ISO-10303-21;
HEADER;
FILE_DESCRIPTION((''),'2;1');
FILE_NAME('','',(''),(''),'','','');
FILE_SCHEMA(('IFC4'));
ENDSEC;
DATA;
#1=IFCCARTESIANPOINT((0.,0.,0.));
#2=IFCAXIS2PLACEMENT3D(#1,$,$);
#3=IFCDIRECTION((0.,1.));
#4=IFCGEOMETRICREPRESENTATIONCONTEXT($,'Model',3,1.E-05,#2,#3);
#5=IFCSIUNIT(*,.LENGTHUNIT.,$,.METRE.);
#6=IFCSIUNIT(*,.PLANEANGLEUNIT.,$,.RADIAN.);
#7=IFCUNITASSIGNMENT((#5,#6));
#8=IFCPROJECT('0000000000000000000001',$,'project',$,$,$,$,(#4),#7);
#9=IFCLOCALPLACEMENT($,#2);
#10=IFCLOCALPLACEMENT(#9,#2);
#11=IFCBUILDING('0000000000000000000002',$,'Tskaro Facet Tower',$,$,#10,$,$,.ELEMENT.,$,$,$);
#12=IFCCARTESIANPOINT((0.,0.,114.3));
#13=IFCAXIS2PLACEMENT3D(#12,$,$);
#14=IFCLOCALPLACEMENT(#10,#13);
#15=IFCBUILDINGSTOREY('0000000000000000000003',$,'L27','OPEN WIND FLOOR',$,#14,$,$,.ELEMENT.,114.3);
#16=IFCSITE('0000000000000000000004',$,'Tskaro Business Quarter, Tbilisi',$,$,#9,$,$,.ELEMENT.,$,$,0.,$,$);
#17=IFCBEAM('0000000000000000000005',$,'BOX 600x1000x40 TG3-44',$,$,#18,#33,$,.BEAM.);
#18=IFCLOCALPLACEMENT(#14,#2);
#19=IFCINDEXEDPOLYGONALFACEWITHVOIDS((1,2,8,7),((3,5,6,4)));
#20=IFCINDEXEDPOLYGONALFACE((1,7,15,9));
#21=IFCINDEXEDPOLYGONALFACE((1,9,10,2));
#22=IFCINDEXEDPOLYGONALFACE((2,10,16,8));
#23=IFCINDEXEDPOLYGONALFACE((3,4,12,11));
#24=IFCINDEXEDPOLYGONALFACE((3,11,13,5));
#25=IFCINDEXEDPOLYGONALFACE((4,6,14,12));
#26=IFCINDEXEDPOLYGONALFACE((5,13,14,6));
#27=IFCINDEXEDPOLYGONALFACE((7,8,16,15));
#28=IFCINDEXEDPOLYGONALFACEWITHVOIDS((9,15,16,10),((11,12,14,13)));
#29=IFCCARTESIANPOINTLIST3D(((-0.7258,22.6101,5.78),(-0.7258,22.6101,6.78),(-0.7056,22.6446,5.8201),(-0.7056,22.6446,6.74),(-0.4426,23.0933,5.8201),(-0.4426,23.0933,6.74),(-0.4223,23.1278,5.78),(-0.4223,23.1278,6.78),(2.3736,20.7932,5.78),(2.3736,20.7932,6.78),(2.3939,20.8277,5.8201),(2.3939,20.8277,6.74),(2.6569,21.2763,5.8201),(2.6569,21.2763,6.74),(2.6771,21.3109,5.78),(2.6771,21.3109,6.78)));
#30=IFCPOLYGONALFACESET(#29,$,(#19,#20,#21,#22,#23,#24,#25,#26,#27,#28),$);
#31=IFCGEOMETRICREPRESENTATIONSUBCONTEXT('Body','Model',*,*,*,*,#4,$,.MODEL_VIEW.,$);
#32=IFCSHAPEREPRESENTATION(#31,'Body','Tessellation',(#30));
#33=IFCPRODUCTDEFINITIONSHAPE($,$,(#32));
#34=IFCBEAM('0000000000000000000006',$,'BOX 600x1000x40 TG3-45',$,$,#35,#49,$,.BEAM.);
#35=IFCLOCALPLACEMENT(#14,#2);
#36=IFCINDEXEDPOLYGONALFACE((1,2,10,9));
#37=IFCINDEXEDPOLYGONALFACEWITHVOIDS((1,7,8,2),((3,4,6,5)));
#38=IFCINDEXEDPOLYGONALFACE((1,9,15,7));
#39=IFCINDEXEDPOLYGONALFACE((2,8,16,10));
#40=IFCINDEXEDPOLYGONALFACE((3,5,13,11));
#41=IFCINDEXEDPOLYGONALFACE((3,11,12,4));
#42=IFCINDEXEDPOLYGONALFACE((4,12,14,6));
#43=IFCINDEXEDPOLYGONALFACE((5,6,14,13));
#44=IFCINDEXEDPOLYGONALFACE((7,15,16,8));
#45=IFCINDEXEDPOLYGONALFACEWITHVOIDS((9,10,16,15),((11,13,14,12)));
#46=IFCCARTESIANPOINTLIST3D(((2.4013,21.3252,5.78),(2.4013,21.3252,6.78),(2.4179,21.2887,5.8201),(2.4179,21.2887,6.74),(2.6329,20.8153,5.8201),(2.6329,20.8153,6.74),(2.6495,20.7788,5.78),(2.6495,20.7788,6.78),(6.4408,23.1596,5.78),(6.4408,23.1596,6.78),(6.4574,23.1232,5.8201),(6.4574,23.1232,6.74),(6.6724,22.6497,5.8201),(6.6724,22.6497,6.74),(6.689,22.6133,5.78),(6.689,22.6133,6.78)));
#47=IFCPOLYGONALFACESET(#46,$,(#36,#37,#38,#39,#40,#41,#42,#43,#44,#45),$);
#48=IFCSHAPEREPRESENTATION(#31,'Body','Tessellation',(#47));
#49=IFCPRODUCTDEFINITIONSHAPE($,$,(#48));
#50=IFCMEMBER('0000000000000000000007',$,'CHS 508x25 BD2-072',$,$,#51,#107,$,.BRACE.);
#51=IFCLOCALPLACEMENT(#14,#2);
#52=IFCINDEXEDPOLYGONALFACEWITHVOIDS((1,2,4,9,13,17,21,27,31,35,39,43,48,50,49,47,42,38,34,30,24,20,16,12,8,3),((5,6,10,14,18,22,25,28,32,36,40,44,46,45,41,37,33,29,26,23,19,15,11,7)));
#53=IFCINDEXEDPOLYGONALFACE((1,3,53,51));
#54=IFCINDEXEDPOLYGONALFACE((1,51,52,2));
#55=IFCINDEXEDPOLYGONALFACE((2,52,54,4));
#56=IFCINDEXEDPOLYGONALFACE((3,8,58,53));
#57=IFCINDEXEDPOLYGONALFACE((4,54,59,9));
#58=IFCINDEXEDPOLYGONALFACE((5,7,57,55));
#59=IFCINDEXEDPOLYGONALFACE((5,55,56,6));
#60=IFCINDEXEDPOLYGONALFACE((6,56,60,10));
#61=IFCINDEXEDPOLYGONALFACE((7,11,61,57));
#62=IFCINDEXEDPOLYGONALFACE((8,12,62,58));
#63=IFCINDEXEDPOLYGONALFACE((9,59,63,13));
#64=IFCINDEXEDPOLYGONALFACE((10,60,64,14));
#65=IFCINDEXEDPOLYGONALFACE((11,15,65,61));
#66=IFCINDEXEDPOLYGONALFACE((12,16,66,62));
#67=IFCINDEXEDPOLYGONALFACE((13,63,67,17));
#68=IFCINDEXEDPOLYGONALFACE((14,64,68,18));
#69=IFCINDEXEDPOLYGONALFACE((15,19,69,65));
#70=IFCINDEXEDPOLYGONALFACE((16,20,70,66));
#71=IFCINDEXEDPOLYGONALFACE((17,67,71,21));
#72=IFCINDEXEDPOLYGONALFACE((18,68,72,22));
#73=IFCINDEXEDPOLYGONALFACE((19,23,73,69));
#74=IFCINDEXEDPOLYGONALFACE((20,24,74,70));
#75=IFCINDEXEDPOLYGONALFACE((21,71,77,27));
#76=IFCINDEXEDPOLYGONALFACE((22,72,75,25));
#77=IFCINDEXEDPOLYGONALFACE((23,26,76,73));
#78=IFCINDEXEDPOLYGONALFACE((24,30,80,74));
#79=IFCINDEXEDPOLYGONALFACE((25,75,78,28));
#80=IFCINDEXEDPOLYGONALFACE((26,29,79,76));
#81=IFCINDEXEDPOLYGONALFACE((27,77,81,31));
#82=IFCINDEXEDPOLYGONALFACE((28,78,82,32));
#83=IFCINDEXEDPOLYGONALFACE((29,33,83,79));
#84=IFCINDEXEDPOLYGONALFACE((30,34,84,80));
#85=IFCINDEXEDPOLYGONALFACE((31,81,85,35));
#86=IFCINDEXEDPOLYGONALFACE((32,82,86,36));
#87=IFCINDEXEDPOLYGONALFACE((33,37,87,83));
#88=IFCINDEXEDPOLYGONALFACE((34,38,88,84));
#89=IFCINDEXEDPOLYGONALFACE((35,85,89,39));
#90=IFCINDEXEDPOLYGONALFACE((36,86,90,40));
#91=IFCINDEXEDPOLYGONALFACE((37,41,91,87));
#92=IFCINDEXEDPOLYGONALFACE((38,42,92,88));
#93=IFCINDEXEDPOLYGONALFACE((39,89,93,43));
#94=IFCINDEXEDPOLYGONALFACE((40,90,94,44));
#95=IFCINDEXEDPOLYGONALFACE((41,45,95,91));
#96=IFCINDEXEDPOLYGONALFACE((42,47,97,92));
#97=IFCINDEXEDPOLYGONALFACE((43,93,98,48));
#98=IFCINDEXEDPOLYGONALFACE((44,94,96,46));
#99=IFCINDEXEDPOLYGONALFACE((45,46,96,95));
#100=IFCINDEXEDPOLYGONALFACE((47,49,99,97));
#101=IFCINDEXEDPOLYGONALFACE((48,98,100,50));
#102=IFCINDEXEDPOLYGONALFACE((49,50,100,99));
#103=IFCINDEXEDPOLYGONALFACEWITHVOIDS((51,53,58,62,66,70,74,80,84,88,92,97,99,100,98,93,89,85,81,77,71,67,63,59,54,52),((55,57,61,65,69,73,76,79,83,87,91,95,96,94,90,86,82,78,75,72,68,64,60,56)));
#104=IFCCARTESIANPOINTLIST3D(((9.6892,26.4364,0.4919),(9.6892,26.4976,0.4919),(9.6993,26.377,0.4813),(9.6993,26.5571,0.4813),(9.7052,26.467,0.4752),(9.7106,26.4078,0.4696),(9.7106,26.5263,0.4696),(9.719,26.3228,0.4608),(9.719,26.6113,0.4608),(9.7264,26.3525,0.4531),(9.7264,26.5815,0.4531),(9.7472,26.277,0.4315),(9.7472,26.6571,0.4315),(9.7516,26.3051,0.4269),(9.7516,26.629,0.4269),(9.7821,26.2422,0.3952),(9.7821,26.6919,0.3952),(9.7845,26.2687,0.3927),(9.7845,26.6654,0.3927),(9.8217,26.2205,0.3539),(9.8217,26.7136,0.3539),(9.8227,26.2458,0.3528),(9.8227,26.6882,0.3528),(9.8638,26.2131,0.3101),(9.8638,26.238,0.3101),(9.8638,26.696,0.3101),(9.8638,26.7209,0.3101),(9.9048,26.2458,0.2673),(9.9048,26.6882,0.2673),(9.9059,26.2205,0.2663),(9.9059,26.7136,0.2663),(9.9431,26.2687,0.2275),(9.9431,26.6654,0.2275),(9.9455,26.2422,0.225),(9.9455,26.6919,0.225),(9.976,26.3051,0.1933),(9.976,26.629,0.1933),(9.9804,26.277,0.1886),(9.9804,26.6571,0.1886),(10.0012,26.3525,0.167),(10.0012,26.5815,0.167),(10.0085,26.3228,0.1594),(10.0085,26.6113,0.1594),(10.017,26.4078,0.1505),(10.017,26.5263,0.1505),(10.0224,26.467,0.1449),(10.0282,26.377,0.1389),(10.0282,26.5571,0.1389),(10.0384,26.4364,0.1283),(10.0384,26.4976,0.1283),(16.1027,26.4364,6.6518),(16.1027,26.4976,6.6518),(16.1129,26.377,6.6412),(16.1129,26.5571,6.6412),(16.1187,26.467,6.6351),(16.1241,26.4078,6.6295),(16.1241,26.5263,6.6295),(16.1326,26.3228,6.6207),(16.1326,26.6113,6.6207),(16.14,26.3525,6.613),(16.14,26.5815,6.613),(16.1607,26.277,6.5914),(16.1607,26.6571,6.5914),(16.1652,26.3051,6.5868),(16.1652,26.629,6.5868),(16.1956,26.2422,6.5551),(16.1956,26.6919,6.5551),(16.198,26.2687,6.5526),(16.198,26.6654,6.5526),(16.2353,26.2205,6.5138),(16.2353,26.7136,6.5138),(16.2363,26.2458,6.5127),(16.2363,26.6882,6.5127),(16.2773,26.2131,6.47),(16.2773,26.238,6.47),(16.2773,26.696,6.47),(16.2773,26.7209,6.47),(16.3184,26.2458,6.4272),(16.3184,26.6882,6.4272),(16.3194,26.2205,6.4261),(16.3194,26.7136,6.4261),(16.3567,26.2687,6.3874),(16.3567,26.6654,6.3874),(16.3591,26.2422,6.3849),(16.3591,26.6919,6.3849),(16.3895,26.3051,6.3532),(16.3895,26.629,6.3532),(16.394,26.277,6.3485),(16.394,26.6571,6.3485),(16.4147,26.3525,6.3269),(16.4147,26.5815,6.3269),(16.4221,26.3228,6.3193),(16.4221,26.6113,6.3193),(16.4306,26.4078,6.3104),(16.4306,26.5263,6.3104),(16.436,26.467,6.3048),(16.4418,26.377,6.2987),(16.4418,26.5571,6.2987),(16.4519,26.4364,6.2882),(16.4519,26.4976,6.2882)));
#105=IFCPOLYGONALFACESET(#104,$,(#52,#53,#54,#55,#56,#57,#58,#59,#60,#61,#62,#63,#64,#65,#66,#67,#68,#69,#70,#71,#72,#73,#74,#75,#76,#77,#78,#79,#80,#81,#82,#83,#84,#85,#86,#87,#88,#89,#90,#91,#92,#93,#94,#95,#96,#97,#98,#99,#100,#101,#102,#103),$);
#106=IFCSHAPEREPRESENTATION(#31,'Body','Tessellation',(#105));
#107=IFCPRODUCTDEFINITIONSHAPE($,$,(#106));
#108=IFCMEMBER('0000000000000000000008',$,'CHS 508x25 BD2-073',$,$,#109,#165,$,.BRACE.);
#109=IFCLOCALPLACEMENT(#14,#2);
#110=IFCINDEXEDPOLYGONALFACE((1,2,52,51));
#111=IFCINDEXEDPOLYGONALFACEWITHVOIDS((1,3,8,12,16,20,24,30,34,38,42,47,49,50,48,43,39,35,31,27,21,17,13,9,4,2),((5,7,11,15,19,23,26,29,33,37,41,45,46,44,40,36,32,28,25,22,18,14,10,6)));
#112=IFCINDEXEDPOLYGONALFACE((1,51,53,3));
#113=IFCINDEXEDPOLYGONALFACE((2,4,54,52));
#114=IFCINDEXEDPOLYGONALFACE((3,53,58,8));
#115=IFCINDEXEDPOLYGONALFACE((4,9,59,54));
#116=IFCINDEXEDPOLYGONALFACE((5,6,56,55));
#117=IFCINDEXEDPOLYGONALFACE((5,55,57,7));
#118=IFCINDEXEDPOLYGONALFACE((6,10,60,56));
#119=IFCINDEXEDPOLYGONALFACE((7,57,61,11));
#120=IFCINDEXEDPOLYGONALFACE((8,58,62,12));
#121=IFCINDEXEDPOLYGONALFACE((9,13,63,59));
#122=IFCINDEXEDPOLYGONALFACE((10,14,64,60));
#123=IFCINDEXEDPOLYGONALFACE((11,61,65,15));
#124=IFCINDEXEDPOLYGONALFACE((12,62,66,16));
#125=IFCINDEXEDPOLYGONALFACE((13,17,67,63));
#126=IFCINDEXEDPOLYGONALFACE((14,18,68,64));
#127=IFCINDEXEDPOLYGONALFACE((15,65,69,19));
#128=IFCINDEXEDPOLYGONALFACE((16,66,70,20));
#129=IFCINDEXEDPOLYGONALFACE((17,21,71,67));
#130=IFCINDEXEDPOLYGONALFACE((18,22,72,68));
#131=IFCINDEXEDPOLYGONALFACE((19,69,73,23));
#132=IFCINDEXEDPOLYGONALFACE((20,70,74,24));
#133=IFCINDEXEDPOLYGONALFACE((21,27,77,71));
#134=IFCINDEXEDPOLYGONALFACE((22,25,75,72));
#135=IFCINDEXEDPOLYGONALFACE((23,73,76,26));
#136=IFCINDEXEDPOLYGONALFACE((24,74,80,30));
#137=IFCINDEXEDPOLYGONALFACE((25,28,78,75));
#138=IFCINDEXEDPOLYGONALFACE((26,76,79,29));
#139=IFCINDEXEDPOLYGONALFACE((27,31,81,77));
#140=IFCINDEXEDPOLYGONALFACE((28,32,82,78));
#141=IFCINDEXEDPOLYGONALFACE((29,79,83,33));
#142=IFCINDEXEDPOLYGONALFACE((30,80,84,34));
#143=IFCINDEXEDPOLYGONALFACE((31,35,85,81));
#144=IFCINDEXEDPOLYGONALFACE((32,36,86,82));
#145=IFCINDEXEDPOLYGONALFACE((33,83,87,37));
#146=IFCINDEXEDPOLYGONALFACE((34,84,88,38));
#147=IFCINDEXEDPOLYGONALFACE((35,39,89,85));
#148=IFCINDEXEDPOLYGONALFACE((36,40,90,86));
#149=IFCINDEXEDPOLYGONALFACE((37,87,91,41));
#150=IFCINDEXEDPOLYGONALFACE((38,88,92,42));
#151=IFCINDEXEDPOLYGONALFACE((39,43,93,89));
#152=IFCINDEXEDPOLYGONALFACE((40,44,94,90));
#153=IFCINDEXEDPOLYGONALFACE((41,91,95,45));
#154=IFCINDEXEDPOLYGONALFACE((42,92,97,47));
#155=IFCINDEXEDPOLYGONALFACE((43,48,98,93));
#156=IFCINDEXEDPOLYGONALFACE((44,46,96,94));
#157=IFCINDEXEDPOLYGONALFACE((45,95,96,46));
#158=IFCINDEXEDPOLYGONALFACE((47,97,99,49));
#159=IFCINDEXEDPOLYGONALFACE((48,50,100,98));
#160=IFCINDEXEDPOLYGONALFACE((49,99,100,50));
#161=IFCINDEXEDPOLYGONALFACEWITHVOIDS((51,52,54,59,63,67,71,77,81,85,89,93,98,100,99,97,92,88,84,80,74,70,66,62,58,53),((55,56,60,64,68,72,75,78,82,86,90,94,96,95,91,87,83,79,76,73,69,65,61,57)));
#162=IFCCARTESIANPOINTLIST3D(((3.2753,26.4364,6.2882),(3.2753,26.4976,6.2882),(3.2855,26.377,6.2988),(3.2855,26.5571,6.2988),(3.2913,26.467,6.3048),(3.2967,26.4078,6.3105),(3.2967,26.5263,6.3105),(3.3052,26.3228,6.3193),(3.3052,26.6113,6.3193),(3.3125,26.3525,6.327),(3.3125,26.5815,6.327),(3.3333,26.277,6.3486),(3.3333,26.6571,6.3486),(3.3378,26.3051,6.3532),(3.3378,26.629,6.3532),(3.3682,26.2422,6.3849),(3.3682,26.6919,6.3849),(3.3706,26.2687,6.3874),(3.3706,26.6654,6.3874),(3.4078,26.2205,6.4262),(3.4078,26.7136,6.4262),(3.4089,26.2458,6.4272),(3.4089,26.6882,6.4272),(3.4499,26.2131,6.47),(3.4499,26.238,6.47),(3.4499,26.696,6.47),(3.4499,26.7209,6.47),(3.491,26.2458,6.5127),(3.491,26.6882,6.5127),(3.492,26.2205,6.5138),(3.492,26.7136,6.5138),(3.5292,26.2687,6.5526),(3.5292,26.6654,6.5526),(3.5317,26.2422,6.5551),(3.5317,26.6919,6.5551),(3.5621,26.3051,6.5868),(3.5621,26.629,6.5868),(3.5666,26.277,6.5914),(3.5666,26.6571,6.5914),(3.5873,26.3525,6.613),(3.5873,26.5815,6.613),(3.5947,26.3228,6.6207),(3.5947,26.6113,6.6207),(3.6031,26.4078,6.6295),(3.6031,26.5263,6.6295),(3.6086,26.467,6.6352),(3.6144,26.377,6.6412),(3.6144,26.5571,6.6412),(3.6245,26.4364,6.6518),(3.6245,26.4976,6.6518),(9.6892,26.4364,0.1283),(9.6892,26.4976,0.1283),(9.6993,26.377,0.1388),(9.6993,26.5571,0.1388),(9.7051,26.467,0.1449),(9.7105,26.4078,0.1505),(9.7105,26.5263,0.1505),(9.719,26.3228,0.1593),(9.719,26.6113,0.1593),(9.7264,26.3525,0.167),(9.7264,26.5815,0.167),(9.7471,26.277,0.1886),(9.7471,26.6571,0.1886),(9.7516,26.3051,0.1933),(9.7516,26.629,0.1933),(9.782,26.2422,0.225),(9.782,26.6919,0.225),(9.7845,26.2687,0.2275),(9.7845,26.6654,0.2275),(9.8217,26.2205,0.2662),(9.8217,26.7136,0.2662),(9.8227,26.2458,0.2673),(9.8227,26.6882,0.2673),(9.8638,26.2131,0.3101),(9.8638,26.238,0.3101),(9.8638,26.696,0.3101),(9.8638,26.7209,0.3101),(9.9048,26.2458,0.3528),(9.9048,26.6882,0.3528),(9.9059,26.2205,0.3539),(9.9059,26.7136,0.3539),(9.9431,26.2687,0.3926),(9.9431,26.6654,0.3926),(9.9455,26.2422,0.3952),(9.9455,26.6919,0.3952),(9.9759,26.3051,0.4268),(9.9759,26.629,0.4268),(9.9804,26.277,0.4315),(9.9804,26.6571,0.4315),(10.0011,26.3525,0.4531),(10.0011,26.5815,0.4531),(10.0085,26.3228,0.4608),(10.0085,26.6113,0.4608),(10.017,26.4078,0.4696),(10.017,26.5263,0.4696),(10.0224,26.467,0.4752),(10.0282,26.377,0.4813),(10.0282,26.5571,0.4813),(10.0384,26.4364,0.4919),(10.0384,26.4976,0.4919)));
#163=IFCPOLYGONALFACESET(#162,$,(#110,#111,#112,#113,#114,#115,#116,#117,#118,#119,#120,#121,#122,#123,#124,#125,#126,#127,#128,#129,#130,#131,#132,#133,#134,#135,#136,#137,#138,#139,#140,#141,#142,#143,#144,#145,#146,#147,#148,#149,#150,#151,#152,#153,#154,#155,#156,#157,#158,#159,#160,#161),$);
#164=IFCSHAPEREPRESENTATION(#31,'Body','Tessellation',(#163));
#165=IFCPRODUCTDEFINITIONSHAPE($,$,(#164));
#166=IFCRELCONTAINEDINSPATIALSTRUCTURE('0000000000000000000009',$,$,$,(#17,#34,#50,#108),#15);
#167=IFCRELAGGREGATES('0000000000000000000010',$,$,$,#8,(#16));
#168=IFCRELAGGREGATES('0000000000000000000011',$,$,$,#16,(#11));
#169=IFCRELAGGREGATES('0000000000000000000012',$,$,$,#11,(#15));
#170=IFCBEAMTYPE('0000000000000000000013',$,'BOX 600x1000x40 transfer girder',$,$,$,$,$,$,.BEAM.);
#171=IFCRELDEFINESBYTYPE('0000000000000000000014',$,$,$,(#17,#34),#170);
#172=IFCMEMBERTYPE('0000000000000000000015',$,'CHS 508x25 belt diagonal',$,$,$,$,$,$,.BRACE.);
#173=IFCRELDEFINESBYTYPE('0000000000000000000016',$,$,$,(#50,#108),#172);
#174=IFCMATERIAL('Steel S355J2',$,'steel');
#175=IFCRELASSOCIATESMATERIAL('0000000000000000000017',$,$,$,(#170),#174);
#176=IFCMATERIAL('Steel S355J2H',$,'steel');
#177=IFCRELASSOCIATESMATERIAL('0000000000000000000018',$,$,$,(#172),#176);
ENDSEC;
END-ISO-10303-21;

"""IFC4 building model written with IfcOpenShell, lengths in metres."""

from ifc_helpers import new_model, si_unit, direction, frame, origin, origin_2d, place, context, subcontext, project, spatial, hollow_rectangle, hollow_circle, extrude, material, material_profile, profile_set, type_object, element, save


model = new_model("IFC4")

# Units and contexts
model_context = context("Model", 3, precision=1e-05, world=origin(), true_north=direction((0.0, 1.0)))
body_context = subcontext(model_context, "Body", "Model", "MODEL_VIEW")
ifc_project = project(units=[si_unit("LENGTHUNIT", "METRE"), si_unit("PLANEANGLEUNIT", "RADIAN")], contexts=[model_context])

# Site, building, storey
site_placement = place(None, origin())
site = spatial("IfcSite", under=ifc_project, at=site_placement, Name="Tskaro Business Quarter, Tbilisi", CompositionType="ELEMENT", RefElevation=0.0)
building_placement = place(site_placement, origin())
building = spatial("IfcBuilding", under=site, at=building_placement, Name="Tskaro Facet Tower", CompositionType="ELEMENT")
storey_placement = place(building_placement, frame((0.0, 0.0, 114.3)))
storey = spatial("IfcBuildingStorey", under=building, at=storey_placement, Name="L27", Description="OPEN WIND FLOOR", CompositionType="ELEMENT", Elevation=114.3)

# Shared definitions
ifc_material_1 = material(Name="Steel S355J2H", Category="steel")

# Beams
ifc_material_2 = material(Name="Steel S355J2", Category="steel")
ifc_material_profile_1 = material_profile(ifc_material_2, hollow_rectangle(XDim=0.6001, YDim=1.0, WallThickness=0.04, at=origin_2d()), Name="BOX 600x1000x40")
ifc_profile_set_1 = profile_set([ifc_material_profile_1], Name="Steel S355J2")
beam_type_1 = type_object("IfcBeamType", Name="BOX 600x1000x40 transfer girder", PredefinedType="BEAM", material=ifc_profile_set_1)
beam_1_placement = place(storey_placement, frame((2.5254, 21.052, 6.28), z_axis=(-0.862695, 0.505725, 0.0), x_axis=(-0.505725, -0.862695, 0.0)))
element("IfcBeam", 1, at=beam_1_placement, inside=storey, type_object=beam_type_1, Name="BOX 600x1000x40 TG3-44", PredefinedType="BEAM", context=body_context, shape_type="SweptSolid", body=[
    extrude(hollow_rectangle(XDim=0.6001, YDim=1.0, WallThickness=0.04, at=origin_2d()), origin(), (0.0, 0.0, 1.0), 3.5928),
])
beam_2_placement = place(storey_placement, frame((2.5254, 21.052, 6.28), z_axis=(0.91051, 0.413488, 0.0), x_axis=(-0.413488, 0.91051, 0.0)))
element("IfcBeam", 2, at=beam_2_placement, inside=storey, type_object=beam_type_1, Name="BOX 600x1000x40 TG3-45", PredefinedType="BEAM", context=body_context, shape_type="SweptSolid", body=[
    extrude(hollow_rectangle(XDim=0.6001, YDim=1.0, WallThickness=0.04, at=origin_2d()), origin(), (0.0, 0.0, 1.0), 4.4365),
])

# Members
ifc_material_profile_2 = material_profile(ifc_material_1, hollow_circle(Radius=0.2539, WallThickness=0.0249, at=origin_2d()), Name="CHS 508x25")
ifc_profile_set_2 = profile_set([ifc_material_profile_2], Name="Steel S355J2H")
member_type_1 = type_object("IfcMemberType", Name="CHS 508x25 belt diagonal", PredefinedType="BRACE", material=ifc_profile_set_2)
member_1_placement = place(storey_placement, frame((16.2773, 26.467, 6.47), z_axis=(-0.721225, 0.0, -0.6927), x_axis=(0.0, -1.0, 0.0)))
element("IfcMember", 3, at=member_1_placement, inside=storey, type_object=member_type_1, Name="CHS 508x25 BD2-072", PredefinedType="BRACE", context=body_context, shape_type="SweptSolid", body=[
    extrude(hollow_circle(Radius=0.2539, WallThickness=0.0249, at=origin_2d()), origin(), (0.0, 0.0, 1.0), 8.8926),
])
for number, where, z_axis, x_axis, name in (
    (4, (9.8638, 26.467, 0.3101), (-0.721239, 0.0, 0.692687), (0.0, -1.0, 0.0), "CHS 508x25 BD2-073"),
):
    element("IfcMember", number, at=place(storey_placement, frame(where, z_axis=z_axis, x_axis=x_axis)), inside=storey, type_object=member_type_1, Name=name, PredefinedType="BRACE", context=body_context, shape_type="SweptSolid", body=[
        extrude(hollow_circle(Radius=0.2539, WallThickness=0.0249, at=origin_2d()), origin(), (0.0, 0.0, 1.0), 8.8928),
    ])

save(model, "model.ifc")
